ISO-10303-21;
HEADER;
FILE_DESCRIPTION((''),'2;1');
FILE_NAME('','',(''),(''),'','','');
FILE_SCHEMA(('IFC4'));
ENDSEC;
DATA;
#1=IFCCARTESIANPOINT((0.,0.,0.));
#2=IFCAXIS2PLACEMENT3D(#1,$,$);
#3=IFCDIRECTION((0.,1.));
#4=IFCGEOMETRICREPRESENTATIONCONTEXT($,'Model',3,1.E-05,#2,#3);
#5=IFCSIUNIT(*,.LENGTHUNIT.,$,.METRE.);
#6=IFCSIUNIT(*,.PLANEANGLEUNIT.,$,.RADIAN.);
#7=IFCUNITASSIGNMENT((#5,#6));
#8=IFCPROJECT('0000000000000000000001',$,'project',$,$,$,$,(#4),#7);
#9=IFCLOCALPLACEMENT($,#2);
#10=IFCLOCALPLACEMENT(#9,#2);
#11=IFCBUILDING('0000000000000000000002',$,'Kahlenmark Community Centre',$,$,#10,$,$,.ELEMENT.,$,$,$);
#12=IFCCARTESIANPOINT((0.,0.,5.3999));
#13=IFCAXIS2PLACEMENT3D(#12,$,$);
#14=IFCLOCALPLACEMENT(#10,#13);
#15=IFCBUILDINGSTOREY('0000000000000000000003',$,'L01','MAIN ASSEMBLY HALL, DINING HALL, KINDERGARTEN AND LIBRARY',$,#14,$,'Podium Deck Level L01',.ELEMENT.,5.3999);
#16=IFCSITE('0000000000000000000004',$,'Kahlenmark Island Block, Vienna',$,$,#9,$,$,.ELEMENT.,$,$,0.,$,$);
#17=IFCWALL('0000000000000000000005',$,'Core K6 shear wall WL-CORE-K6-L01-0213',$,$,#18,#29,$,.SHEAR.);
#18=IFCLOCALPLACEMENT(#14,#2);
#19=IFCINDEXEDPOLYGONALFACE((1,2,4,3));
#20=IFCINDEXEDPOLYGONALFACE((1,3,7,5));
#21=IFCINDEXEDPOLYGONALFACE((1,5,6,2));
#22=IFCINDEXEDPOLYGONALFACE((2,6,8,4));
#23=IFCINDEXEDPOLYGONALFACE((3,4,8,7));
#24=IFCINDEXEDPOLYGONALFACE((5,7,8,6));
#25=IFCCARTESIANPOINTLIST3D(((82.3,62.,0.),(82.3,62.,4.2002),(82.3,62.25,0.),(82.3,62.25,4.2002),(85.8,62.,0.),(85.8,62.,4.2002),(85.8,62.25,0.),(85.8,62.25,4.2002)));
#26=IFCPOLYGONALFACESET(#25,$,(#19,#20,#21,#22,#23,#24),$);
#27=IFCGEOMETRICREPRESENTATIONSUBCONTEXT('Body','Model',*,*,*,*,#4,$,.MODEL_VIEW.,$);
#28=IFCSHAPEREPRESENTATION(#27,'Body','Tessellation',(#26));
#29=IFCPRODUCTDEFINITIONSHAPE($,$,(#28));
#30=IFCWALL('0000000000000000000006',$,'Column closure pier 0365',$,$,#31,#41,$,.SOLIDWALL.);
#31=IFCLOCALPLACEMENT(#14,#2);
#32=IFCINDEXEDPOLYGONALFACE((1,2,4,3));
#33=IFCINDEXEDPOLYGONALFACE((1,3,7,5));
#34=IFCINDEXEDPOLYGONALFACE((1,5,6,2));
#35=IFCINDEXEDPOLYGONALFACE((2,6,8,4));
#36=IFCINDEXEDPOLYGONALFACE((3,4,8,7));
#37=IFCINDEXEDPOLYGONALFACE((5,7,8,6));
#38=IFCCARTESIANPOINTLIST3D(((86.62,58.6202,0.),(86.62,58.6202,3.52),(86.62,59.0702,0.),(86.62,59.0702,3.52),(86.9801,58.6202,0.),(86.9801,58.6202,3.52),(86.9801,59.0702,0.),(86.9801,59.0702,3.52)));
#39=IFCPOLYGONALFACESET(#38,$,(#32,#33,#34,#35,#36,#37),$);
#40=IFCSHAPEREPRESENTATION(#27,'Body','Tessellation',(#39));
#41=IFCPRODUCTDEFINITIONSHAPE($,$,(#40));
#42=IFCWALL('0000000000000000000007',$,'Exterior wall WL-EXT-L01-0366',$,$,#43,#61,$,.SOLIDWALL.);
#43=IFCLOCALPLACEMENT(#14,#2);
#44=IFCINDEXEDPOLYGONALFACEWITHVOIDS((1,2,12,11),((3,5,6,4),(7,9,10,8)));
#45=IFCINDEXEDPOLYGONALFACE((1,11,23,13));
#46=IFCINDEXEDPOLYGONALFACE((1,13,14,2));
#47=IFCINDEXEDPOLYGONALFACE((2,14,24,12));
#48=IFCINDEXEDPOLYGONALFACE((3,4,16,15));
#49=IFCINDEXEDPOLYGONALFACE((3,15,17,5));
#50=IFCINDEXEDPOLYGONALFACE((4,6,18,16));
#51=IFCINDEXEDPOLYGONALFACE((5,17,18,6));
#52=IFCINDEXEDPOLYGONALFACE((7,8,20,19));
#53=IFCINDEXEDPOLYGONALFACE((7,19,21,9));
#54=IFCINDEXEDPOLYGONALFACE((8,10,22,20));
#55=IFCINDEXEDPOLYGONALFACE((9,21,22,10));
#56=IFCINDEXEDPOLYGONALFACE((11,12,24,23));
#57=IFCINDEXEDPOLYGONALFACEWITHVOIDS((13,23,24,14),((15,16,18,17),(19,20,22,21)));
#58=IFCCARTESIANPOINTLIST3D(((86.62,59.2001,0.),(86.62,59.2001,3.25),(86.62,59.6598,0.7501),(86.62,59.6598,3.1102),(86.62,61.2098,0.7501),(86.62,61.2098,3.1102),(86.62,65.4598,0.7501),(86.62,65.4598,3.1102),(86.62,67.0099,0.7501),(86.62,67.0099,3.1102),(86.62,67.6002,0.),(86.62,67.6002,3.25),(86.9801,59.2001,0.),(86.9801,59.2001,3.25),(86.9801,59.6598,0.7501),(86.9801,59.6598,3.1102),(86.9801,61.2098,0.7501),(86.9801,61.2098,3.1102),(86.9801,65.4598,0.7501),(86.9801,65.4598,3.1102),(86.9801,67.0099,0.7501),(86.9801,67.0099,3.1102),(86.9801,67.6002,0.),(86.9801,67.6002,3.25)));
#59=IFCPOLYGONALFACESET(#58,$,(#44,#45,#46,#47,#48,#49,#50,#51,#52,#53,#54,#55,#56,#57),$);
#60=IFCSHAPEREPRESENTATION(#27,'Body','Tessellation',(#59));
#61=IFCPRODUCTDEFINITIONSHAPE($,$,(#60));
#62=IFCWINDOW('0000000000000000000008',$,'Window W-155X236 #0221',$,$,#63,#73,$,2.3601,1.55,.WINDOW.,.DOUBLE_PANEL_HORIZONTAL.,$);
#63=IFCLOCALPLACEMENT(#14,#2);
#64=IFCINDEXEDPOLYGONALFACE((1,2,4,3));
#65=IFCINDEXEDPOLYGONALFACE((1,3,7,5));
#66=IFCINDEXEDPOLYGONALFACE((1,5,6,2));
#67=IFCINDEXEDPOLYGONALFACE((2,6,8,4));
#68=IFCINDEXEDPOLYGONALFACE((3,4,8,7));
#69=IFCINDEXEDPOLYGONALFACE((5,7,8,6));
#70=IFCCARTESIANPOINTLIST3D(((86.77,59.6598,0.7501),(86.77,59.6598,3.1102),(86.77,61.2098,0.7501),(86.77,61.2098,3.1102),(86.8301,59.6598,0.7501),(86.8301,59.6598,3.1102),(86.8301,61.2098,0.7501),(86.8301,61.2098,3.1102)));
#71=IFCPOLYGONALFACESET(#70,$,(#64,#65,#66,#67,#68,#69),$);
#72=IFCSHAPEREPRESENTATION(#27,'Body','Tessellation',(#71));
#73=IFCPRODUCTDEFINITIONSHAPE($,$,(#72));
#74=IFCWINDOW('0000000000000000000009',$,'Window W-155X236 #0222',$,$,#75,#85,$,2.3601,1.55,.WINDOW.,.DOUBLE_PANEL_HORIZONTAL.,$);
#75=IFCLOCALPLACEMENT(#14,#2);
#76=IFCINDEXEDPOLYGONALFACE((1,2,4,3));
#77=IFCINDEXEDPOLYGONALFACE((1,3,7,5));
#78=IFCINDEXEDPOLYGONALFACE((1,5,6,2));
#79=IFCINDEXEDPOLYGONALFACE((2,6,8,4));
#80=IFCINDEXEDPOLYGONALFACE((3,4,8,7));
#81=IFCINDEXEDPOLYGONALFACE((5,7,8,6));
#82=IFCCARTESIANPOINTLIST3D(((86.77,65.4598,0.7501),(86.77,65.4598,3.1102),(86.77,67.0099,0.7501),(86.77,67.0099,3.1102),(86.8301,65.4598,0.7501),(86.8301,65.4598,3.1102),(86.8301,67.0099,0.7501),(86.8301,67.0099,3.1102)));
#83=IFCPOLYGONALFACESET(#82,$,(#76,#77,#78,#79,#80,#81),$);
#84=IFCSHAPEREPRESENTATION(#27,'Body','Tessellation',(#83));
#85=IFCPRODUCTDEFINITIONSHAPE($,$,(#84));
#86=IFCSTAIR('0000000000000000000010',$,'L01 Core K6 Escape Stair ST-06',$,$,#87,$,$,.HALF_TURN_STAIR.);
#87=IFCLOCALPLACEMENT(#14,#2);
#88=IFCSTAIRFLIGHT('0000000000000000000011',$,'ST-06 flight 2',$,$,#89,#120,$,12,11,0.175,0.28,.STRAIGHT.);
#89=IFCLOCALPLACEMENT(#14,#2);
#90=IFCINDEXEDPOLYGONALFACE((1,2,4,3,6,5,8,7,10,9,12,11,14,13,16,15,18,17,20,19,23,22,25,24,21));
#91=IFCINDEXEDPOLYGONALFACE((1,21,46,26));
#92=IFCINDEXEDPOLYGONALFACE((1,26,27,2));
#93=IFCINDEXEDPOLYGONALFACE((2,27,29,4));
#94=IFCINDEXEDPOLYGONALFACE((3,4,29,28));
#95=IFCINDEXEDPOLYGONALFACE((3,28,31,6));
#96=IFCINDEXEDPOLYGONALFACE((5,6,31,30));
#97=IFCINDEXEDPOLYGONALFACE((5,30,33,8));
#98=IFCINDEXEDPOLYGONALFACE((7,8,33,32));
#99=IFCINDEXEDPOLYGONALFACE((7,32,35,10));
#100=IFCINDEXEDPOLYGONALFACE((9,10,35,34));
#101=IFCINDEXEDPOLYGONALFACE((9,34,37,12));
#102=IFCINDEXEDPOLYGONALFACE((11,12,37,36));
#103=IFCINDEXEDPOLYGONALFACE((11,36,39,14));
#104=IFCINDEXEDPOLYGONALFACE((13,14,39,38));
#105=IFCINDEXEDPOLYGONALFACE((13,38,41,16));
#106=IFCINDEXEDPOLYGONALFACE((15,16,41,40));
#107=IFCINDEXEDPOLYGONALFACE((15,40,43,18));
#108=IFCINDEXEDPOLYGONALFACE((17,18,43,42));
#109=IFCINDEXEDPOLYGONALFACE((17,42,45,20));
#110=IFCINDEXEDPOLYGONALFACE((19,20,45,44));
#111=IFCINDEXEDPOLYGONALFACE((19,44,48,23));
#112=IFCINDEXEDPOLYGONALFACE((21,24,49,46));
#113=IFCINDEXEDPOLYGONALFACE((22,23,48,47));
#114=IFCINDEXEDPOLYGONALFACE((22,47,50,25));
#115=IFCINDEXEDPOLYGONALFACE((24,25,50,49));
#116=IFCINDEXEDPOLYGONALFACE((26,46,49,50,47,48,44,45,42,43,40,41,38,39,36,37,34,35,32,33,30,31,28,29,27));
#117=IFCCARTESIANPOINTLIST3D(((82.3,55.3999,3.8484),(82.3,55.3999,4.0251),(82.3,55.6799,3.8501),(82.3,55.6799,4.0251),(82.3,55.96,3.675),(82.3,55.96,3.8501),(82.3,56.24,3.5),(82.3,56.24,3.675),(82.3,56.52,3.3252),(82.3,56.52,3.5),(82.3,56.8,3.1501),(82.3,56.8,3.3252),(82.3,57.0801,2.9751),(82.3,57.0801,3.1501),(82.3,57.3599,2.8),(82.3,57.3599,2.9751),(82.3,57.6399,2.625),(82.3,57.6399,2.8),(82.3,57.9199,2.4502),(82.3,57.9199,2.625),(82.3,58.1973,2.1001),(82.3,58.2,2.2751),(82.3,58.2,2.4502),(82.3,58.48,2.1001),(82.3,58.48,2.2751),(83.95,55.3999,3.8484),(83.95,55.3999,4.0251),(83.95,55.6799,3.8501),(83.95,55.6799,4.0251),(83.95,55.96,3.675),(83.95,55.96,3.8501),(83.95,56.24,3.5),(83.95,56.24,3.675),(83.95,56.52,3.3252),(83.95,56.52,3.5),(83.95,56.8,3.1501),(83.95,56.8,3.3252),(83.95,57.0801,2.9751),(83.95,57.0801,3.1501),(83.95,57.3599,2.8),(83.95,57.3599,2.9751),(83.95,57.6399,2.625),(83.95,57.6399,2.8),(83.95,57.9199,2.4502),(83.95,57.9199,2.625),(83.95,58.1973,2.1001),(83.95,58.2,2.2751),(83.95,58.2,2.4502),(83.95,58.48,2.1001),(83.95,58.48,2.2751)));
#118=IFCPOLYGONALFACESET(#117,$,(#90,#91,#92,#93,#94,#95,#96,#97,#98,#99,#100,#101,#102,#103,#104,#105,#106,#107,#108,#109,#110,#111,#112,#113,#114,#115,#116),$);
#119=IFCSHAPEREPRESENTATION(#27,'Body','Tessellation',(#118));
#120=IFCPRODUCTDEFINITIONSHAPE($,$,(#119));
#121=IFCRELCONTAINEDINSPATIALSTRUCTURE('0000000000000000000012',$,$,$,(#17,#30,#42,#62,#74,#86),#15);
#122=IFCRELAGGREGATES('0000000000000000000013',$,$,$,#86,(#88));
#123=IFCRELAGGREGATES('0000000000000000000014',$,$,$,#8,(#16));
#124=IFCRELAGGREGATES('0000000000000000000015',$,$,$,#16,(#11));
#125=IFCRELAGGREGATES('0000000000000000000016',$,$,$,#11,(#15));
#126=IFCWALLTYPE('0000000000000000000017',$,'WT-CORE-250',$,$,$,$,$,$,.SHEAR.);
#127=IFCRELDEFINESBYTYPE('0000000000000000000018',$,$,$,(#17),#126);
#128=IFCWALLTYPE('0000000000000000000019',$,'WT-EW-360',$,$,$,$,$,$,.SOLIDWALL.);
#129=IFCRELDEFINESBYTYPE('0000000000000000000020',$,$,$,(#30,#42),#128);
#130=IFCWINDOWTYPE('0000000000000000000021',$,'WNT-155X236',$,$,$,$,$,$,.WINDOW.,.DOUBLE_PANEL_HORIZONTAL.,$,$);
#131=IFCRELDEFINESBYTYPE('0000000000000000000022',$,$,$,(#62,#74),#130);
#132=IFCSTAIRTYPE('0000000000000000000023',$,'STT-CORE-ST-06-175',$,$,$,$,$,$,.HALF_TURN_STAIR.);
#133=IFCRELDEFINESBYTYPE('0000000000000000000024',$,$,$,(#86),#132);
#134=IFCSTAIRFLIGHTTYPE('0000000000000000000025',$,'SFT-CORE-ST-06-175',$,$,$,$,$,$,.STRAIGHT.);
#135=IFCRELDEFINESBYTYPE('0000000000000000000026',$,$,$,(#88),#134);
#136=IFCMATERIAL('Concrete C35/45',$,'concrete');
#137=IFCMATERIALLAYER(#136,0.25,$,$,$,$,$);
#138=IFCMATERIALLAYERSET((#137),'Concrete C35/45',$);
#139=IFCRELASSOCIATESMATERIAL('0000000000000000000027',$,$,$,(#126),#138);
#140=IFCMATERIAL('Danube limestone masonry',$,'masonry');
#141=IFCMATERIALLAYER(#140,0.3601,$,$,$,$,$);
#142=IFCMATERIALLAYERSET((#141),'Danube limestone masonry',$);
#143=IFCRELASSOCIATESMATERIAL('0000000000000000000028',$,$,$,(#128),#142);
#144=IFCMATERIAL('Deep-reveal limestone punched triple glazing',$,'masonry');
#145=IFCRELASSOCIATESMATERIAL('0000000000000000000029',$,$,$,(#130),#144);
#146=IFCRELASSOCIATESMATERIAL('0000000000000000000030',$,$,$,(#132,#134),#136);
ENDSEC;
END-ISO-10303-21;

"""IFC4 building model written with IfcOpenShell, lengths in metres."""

from ifc_helpers import new_model, si_unit, direction, frame, frame_2d, origin, place, context, subcontext, project, spatial, polyline, rectangle, outline, extrude, material, layer, layer_set, type_object, element, fill, aggregate, save


model = new_model("IFC4")

# Units and contexts
model_context = context("Model", 3, precision=1e-05, world=origin(), true_north=direction((0.0, 1.0)))
body_context = subcontext(model_context, "Body", "Model", "MODEL_VIEW")
ifc_project = project(units=[si_unit("LENGTHUNIT", "METRE"), si_unit("PLANEANGLEUNIT", "RADIAN")], contexts=[model_context])

# Site, building, storey
site_placement = place(None, origin())
site = spatial("IfcSite", under=ifc_project, at=site_placement, Name="Kahlenmark Island Block, Vienna", CompositionType="ELEMENT", RefElevation=0.0)
building_placement = place(site_placement, origin())
building = spatial("IfcBuilding", under=site, at=building_placement, Name="Kahlenmark Community Centre", CompositionType="ELEMENT")
storey_placement = place(building_placement, frame((0.0, 0.0, 5.3999)))
storey = spatial("IfcBuildingStorey", under=building, at=storey_placement, Name="L01", Description="MAIN ASSEMBLY HALL, DINING HALL, KINDERGARTEN AND LIBRARY", LongName="Podium Deck Level L01", CompositionType="ELEMENT", Elevation=5.3999)

# Shared definitions
ifc_material_1 = material(Name="Concrete C35/45", Category="concrete")

# Walls
ifc_layer_1 = layer(ifc_material_1, 0.25)
ifc_layer_set_1 = layer_set([ifc_layer_1], Name="Concrete C35/45")
wall_type_1 = type_object("IfcWallType", Name="WT-CORE-250", PredefinedType="SHEAR", material=ifc_layer_set_1)
wall_1_placement = place(storey_placement, frame((85.8, 62.125, 0.0), z_axis=(0.0, 0.0, 1.0), x_axis=(-1.0, 0.0, 0.0)))
element("IfcWall", 1, at=wall_1_placement, inside=storey, type_object=wall_type_1, Name="Core K6 shear wall WL-CORE-K6-L01-0213", PredefinedType="SHEAR", context=body_context, shape_type="SweptSolid", body=[
    extrude(rectangle(XDim=3.5, YDim=0.25, at=frame_2d((1.75, 0.0))), origin(), (0.0, 0.0, 1.0), 4.2002),
])
ifc_material_2 = material(Name="Danube limestone masonry", Category="masonry")
ifc_layer_2 = layer(ifc_material_2, 0.3601)
ifc_layer_set_2 = layer_set([ifc_layer_2], Name="Danube limestone masonry")
wall_type_2 = type_object("IfcWallType", Name="WT-EW-360", PredefinedType="SOLIDWALL", material=ifc_layer_set_2)
wall_2_placement = place(storey_placement, frame((86.8, 58.6201, 0.0), z_axis=(0.0, 0.0, 1.0), x_axis=(0.0, 1.0, 0.0)))
element("IfcWall", 2, at=wall_2_placement, inside=storey, type_object=wall_type_2, Name="Column closure pier 0365", PredefinedType="SOLIDWALL", context=body_context, shape_type="SweptSolid", body=[
    extrude(rectangle(XDim=0.45, YDim=0.3601, at=frame_2d((0.2251, 0.0))), origin(), (0.0, 0.0, 1.0), 3.52),
])

# Wall, openings, windows
wall_3_placement = place(storey_placement, frame((86.8, 59.2, 0.0), z_axis=(0.0, 0.0, 1.0), x_axis=(0.0, 1.0, 0.0)))
wall_3 = element("IfcWall", 3, at=wall_3_placement, inside=storey, type_object=wall_type_2, Name="Exterior wall WL-EXT-L01-0366", PredefinedType="SOLIDWALL", context=body_context, shape_type="SweptSolid", body=[
    extrude(rectangle(XDim=8.4001, YDim=0.3601, at=frame_2d((4.2002, 0.0))), origin(), (0.0, 0.0, 1.0), 3.25),
])
opening_1_placement = place(wall_3_placement, frame((0.46, 0.0, 0.75)))
opening_1 = element("IfcOpeningElement", 4, at=opening_1_placement, cuts=wall_3, PredefinedType="OPENING", context=body_context, shape_type="SweptSolid", body=[
    extrude(rectangle(XDim=1.55, YDim=2.3601, at=frame_2d((0.7749, 1.1802))), frame((0.0, 0.1899, 0.0), z_axis=(0.0, -1.0, 0.0), x_axis=(1.0, 0.0, 0.0)), (0.0, 0.0, 1.0), 0.3801),
])
opening_2_placement = place(wall_3_placement, frame((6.26, 0.0, 0.75)))
opening_2 = element("IfcOpeningElement", 5, at=opening_2_placement, cuts=wall_3, PredefinedType="OPENING", context=body_context, shape_type="SweptSolid", body=[
    extrude(rectangle(XDim=1.55, YDim=2.3601, at=frame_2d((0.7749, 1.1802))), frame((0.0, 0.1899, 0.0), z_axis=(0.0, -1.0, 0.0), x_axis=(1.0, 0.0, 0.0)), (0.0, 0.0, 1.0), 0.3801),
])
ifc_material_3 = material(Name="Deep-reveal limestone punched triple glazing", Category="masonry")
window_type = type_object("IfcWindowType", Name="WNT-155X236", PartitioningType="DOUBLE_PANEL_HORIZONTAL", PredefinedType="WINDOW", material=ifc_material_3)
window_1_placement = place(opening_1_placement, origin())
window_1 = element("IfcWindow", 6, at=window_1_placement, inside=storey, type_object=window_type, Name="Window W-155X236 #0221", OverallHeight=2.3601, OverallWidth=1.55, PartitioningType="DOUBLE_PANEL_HORIZONTAL", PredefinedType="WINDOW", context=body_context, shape_type="SweptSolid", body=[
    extrude(rectangle(XDim=1.55, YDim=2.3601, at=frame_2d((0.7749, 1.1802))), frame((0.0, 0.03, 0.0), z_axis=(0.0, -1.0, 0.0), x_axis=(1.0, 0.0, 0.0)), (0.0, 0.0, 1.0), 0.0601),
])
fill(opening_1, window_1)
window_2_placement = place(opening_2_placement, origin())
window_2 = element("IfcWindow", 7, at=window_2_placement, inside=storey, type_object=window_type, Name="Window W-155X236 #0222", OverallHeight=2.3601, OverallWidth=1.55, PartitioningType="DOUBLE_PANEL_HORIZONTAL", PredefinedType="WINDOW", context=body_context, shape_type="SweptSolid", body=[
    extrude(rectangle(XDim=1.55, YDim=2.3601, at=frame_2d((0.7749, 1.1802))), frame((0.0, 0.03, 0.0), z_axis=(0.0, -1.0, 0.0), x_axis=(1.0, 0.0, 0.0)), (0.0, 0.0, 1.0), 0.0601),
])
fill(opening_2, window_2)

# Stair, stair flight
stair_type = type_object("IfcStairType", Name="STT-CORE-ST-06-175", PredefinedType="HALF_TURN_STAIR", material=ifc_material_1)
stair_placement = place(storey_placement, origin())
stair = element("IfcStair", 8, at=stair_placement, inside=storey, type_object=stair_type, Name="L01 Core K6 Escape Stair ST-06", PredefinedType="HALF_TURN_STAIR")
stair_flight_type = type_object("IfcStairFlightType", Name="SFT-CORE-ST-06-175", PredefinedType="STRAIGHT", material=ifc_material_1)
stair_flight_placement = place(storey_placement, frame((83.125, 58.48, 2.1001), z_axis=(0.0, 0.0, 1.0), x_axis=(0.0, -1.0, 0.0)))
stair_flight = element("IfcStairFlight", 9, at=stair_flight_placement, type_object=stair_flight_type, Name="ST-06 flight 2", NumberOfRisers=12, NumberOfTreads=11, PredefinedType="STRAIGHT", RiserHeight=0.175, TreadLength=0.28, context=body_context, shape_type="SweptSolid", body=[
    extrude(outline(polyline([(0.0, 0.0), (0.0, 0.175), (0.28, 0.175), (0.28, 0.3501), (0.5601, 0.3501), (0.5601, 0.5249), (0.8401, 0.5249), (0.8401, 0.7), (1.1201, 0.7), (1.1201, 0.875), (1.3999, 0.875), (1.3999, 1.05), (1.6799, 1.05), (1.6799, 1.2251), (1.96, 1.2251), (1.96, 1.3999), (2.24, 1.3999), (2.24, 1.575), (2.52, 1.575), (2.52, 1.75), (2.8, 1.75), (2.8, 1.925), (3.0801, 1.925), (3.0801, 2.1001), (3.0801, 1.7483), (0.2827, 0.0), (0.0, 0.0)])), frame((0.0, 0.825, 0.0), z_axis=(0.0, -1.0, 0.0), x_axis=(1.0, 0.0, 0.0)), (0.0, 0.0, 1.0), 1.6499),
])
aggregate(stair, [stair_flight])

save(model, "model.ifc")
